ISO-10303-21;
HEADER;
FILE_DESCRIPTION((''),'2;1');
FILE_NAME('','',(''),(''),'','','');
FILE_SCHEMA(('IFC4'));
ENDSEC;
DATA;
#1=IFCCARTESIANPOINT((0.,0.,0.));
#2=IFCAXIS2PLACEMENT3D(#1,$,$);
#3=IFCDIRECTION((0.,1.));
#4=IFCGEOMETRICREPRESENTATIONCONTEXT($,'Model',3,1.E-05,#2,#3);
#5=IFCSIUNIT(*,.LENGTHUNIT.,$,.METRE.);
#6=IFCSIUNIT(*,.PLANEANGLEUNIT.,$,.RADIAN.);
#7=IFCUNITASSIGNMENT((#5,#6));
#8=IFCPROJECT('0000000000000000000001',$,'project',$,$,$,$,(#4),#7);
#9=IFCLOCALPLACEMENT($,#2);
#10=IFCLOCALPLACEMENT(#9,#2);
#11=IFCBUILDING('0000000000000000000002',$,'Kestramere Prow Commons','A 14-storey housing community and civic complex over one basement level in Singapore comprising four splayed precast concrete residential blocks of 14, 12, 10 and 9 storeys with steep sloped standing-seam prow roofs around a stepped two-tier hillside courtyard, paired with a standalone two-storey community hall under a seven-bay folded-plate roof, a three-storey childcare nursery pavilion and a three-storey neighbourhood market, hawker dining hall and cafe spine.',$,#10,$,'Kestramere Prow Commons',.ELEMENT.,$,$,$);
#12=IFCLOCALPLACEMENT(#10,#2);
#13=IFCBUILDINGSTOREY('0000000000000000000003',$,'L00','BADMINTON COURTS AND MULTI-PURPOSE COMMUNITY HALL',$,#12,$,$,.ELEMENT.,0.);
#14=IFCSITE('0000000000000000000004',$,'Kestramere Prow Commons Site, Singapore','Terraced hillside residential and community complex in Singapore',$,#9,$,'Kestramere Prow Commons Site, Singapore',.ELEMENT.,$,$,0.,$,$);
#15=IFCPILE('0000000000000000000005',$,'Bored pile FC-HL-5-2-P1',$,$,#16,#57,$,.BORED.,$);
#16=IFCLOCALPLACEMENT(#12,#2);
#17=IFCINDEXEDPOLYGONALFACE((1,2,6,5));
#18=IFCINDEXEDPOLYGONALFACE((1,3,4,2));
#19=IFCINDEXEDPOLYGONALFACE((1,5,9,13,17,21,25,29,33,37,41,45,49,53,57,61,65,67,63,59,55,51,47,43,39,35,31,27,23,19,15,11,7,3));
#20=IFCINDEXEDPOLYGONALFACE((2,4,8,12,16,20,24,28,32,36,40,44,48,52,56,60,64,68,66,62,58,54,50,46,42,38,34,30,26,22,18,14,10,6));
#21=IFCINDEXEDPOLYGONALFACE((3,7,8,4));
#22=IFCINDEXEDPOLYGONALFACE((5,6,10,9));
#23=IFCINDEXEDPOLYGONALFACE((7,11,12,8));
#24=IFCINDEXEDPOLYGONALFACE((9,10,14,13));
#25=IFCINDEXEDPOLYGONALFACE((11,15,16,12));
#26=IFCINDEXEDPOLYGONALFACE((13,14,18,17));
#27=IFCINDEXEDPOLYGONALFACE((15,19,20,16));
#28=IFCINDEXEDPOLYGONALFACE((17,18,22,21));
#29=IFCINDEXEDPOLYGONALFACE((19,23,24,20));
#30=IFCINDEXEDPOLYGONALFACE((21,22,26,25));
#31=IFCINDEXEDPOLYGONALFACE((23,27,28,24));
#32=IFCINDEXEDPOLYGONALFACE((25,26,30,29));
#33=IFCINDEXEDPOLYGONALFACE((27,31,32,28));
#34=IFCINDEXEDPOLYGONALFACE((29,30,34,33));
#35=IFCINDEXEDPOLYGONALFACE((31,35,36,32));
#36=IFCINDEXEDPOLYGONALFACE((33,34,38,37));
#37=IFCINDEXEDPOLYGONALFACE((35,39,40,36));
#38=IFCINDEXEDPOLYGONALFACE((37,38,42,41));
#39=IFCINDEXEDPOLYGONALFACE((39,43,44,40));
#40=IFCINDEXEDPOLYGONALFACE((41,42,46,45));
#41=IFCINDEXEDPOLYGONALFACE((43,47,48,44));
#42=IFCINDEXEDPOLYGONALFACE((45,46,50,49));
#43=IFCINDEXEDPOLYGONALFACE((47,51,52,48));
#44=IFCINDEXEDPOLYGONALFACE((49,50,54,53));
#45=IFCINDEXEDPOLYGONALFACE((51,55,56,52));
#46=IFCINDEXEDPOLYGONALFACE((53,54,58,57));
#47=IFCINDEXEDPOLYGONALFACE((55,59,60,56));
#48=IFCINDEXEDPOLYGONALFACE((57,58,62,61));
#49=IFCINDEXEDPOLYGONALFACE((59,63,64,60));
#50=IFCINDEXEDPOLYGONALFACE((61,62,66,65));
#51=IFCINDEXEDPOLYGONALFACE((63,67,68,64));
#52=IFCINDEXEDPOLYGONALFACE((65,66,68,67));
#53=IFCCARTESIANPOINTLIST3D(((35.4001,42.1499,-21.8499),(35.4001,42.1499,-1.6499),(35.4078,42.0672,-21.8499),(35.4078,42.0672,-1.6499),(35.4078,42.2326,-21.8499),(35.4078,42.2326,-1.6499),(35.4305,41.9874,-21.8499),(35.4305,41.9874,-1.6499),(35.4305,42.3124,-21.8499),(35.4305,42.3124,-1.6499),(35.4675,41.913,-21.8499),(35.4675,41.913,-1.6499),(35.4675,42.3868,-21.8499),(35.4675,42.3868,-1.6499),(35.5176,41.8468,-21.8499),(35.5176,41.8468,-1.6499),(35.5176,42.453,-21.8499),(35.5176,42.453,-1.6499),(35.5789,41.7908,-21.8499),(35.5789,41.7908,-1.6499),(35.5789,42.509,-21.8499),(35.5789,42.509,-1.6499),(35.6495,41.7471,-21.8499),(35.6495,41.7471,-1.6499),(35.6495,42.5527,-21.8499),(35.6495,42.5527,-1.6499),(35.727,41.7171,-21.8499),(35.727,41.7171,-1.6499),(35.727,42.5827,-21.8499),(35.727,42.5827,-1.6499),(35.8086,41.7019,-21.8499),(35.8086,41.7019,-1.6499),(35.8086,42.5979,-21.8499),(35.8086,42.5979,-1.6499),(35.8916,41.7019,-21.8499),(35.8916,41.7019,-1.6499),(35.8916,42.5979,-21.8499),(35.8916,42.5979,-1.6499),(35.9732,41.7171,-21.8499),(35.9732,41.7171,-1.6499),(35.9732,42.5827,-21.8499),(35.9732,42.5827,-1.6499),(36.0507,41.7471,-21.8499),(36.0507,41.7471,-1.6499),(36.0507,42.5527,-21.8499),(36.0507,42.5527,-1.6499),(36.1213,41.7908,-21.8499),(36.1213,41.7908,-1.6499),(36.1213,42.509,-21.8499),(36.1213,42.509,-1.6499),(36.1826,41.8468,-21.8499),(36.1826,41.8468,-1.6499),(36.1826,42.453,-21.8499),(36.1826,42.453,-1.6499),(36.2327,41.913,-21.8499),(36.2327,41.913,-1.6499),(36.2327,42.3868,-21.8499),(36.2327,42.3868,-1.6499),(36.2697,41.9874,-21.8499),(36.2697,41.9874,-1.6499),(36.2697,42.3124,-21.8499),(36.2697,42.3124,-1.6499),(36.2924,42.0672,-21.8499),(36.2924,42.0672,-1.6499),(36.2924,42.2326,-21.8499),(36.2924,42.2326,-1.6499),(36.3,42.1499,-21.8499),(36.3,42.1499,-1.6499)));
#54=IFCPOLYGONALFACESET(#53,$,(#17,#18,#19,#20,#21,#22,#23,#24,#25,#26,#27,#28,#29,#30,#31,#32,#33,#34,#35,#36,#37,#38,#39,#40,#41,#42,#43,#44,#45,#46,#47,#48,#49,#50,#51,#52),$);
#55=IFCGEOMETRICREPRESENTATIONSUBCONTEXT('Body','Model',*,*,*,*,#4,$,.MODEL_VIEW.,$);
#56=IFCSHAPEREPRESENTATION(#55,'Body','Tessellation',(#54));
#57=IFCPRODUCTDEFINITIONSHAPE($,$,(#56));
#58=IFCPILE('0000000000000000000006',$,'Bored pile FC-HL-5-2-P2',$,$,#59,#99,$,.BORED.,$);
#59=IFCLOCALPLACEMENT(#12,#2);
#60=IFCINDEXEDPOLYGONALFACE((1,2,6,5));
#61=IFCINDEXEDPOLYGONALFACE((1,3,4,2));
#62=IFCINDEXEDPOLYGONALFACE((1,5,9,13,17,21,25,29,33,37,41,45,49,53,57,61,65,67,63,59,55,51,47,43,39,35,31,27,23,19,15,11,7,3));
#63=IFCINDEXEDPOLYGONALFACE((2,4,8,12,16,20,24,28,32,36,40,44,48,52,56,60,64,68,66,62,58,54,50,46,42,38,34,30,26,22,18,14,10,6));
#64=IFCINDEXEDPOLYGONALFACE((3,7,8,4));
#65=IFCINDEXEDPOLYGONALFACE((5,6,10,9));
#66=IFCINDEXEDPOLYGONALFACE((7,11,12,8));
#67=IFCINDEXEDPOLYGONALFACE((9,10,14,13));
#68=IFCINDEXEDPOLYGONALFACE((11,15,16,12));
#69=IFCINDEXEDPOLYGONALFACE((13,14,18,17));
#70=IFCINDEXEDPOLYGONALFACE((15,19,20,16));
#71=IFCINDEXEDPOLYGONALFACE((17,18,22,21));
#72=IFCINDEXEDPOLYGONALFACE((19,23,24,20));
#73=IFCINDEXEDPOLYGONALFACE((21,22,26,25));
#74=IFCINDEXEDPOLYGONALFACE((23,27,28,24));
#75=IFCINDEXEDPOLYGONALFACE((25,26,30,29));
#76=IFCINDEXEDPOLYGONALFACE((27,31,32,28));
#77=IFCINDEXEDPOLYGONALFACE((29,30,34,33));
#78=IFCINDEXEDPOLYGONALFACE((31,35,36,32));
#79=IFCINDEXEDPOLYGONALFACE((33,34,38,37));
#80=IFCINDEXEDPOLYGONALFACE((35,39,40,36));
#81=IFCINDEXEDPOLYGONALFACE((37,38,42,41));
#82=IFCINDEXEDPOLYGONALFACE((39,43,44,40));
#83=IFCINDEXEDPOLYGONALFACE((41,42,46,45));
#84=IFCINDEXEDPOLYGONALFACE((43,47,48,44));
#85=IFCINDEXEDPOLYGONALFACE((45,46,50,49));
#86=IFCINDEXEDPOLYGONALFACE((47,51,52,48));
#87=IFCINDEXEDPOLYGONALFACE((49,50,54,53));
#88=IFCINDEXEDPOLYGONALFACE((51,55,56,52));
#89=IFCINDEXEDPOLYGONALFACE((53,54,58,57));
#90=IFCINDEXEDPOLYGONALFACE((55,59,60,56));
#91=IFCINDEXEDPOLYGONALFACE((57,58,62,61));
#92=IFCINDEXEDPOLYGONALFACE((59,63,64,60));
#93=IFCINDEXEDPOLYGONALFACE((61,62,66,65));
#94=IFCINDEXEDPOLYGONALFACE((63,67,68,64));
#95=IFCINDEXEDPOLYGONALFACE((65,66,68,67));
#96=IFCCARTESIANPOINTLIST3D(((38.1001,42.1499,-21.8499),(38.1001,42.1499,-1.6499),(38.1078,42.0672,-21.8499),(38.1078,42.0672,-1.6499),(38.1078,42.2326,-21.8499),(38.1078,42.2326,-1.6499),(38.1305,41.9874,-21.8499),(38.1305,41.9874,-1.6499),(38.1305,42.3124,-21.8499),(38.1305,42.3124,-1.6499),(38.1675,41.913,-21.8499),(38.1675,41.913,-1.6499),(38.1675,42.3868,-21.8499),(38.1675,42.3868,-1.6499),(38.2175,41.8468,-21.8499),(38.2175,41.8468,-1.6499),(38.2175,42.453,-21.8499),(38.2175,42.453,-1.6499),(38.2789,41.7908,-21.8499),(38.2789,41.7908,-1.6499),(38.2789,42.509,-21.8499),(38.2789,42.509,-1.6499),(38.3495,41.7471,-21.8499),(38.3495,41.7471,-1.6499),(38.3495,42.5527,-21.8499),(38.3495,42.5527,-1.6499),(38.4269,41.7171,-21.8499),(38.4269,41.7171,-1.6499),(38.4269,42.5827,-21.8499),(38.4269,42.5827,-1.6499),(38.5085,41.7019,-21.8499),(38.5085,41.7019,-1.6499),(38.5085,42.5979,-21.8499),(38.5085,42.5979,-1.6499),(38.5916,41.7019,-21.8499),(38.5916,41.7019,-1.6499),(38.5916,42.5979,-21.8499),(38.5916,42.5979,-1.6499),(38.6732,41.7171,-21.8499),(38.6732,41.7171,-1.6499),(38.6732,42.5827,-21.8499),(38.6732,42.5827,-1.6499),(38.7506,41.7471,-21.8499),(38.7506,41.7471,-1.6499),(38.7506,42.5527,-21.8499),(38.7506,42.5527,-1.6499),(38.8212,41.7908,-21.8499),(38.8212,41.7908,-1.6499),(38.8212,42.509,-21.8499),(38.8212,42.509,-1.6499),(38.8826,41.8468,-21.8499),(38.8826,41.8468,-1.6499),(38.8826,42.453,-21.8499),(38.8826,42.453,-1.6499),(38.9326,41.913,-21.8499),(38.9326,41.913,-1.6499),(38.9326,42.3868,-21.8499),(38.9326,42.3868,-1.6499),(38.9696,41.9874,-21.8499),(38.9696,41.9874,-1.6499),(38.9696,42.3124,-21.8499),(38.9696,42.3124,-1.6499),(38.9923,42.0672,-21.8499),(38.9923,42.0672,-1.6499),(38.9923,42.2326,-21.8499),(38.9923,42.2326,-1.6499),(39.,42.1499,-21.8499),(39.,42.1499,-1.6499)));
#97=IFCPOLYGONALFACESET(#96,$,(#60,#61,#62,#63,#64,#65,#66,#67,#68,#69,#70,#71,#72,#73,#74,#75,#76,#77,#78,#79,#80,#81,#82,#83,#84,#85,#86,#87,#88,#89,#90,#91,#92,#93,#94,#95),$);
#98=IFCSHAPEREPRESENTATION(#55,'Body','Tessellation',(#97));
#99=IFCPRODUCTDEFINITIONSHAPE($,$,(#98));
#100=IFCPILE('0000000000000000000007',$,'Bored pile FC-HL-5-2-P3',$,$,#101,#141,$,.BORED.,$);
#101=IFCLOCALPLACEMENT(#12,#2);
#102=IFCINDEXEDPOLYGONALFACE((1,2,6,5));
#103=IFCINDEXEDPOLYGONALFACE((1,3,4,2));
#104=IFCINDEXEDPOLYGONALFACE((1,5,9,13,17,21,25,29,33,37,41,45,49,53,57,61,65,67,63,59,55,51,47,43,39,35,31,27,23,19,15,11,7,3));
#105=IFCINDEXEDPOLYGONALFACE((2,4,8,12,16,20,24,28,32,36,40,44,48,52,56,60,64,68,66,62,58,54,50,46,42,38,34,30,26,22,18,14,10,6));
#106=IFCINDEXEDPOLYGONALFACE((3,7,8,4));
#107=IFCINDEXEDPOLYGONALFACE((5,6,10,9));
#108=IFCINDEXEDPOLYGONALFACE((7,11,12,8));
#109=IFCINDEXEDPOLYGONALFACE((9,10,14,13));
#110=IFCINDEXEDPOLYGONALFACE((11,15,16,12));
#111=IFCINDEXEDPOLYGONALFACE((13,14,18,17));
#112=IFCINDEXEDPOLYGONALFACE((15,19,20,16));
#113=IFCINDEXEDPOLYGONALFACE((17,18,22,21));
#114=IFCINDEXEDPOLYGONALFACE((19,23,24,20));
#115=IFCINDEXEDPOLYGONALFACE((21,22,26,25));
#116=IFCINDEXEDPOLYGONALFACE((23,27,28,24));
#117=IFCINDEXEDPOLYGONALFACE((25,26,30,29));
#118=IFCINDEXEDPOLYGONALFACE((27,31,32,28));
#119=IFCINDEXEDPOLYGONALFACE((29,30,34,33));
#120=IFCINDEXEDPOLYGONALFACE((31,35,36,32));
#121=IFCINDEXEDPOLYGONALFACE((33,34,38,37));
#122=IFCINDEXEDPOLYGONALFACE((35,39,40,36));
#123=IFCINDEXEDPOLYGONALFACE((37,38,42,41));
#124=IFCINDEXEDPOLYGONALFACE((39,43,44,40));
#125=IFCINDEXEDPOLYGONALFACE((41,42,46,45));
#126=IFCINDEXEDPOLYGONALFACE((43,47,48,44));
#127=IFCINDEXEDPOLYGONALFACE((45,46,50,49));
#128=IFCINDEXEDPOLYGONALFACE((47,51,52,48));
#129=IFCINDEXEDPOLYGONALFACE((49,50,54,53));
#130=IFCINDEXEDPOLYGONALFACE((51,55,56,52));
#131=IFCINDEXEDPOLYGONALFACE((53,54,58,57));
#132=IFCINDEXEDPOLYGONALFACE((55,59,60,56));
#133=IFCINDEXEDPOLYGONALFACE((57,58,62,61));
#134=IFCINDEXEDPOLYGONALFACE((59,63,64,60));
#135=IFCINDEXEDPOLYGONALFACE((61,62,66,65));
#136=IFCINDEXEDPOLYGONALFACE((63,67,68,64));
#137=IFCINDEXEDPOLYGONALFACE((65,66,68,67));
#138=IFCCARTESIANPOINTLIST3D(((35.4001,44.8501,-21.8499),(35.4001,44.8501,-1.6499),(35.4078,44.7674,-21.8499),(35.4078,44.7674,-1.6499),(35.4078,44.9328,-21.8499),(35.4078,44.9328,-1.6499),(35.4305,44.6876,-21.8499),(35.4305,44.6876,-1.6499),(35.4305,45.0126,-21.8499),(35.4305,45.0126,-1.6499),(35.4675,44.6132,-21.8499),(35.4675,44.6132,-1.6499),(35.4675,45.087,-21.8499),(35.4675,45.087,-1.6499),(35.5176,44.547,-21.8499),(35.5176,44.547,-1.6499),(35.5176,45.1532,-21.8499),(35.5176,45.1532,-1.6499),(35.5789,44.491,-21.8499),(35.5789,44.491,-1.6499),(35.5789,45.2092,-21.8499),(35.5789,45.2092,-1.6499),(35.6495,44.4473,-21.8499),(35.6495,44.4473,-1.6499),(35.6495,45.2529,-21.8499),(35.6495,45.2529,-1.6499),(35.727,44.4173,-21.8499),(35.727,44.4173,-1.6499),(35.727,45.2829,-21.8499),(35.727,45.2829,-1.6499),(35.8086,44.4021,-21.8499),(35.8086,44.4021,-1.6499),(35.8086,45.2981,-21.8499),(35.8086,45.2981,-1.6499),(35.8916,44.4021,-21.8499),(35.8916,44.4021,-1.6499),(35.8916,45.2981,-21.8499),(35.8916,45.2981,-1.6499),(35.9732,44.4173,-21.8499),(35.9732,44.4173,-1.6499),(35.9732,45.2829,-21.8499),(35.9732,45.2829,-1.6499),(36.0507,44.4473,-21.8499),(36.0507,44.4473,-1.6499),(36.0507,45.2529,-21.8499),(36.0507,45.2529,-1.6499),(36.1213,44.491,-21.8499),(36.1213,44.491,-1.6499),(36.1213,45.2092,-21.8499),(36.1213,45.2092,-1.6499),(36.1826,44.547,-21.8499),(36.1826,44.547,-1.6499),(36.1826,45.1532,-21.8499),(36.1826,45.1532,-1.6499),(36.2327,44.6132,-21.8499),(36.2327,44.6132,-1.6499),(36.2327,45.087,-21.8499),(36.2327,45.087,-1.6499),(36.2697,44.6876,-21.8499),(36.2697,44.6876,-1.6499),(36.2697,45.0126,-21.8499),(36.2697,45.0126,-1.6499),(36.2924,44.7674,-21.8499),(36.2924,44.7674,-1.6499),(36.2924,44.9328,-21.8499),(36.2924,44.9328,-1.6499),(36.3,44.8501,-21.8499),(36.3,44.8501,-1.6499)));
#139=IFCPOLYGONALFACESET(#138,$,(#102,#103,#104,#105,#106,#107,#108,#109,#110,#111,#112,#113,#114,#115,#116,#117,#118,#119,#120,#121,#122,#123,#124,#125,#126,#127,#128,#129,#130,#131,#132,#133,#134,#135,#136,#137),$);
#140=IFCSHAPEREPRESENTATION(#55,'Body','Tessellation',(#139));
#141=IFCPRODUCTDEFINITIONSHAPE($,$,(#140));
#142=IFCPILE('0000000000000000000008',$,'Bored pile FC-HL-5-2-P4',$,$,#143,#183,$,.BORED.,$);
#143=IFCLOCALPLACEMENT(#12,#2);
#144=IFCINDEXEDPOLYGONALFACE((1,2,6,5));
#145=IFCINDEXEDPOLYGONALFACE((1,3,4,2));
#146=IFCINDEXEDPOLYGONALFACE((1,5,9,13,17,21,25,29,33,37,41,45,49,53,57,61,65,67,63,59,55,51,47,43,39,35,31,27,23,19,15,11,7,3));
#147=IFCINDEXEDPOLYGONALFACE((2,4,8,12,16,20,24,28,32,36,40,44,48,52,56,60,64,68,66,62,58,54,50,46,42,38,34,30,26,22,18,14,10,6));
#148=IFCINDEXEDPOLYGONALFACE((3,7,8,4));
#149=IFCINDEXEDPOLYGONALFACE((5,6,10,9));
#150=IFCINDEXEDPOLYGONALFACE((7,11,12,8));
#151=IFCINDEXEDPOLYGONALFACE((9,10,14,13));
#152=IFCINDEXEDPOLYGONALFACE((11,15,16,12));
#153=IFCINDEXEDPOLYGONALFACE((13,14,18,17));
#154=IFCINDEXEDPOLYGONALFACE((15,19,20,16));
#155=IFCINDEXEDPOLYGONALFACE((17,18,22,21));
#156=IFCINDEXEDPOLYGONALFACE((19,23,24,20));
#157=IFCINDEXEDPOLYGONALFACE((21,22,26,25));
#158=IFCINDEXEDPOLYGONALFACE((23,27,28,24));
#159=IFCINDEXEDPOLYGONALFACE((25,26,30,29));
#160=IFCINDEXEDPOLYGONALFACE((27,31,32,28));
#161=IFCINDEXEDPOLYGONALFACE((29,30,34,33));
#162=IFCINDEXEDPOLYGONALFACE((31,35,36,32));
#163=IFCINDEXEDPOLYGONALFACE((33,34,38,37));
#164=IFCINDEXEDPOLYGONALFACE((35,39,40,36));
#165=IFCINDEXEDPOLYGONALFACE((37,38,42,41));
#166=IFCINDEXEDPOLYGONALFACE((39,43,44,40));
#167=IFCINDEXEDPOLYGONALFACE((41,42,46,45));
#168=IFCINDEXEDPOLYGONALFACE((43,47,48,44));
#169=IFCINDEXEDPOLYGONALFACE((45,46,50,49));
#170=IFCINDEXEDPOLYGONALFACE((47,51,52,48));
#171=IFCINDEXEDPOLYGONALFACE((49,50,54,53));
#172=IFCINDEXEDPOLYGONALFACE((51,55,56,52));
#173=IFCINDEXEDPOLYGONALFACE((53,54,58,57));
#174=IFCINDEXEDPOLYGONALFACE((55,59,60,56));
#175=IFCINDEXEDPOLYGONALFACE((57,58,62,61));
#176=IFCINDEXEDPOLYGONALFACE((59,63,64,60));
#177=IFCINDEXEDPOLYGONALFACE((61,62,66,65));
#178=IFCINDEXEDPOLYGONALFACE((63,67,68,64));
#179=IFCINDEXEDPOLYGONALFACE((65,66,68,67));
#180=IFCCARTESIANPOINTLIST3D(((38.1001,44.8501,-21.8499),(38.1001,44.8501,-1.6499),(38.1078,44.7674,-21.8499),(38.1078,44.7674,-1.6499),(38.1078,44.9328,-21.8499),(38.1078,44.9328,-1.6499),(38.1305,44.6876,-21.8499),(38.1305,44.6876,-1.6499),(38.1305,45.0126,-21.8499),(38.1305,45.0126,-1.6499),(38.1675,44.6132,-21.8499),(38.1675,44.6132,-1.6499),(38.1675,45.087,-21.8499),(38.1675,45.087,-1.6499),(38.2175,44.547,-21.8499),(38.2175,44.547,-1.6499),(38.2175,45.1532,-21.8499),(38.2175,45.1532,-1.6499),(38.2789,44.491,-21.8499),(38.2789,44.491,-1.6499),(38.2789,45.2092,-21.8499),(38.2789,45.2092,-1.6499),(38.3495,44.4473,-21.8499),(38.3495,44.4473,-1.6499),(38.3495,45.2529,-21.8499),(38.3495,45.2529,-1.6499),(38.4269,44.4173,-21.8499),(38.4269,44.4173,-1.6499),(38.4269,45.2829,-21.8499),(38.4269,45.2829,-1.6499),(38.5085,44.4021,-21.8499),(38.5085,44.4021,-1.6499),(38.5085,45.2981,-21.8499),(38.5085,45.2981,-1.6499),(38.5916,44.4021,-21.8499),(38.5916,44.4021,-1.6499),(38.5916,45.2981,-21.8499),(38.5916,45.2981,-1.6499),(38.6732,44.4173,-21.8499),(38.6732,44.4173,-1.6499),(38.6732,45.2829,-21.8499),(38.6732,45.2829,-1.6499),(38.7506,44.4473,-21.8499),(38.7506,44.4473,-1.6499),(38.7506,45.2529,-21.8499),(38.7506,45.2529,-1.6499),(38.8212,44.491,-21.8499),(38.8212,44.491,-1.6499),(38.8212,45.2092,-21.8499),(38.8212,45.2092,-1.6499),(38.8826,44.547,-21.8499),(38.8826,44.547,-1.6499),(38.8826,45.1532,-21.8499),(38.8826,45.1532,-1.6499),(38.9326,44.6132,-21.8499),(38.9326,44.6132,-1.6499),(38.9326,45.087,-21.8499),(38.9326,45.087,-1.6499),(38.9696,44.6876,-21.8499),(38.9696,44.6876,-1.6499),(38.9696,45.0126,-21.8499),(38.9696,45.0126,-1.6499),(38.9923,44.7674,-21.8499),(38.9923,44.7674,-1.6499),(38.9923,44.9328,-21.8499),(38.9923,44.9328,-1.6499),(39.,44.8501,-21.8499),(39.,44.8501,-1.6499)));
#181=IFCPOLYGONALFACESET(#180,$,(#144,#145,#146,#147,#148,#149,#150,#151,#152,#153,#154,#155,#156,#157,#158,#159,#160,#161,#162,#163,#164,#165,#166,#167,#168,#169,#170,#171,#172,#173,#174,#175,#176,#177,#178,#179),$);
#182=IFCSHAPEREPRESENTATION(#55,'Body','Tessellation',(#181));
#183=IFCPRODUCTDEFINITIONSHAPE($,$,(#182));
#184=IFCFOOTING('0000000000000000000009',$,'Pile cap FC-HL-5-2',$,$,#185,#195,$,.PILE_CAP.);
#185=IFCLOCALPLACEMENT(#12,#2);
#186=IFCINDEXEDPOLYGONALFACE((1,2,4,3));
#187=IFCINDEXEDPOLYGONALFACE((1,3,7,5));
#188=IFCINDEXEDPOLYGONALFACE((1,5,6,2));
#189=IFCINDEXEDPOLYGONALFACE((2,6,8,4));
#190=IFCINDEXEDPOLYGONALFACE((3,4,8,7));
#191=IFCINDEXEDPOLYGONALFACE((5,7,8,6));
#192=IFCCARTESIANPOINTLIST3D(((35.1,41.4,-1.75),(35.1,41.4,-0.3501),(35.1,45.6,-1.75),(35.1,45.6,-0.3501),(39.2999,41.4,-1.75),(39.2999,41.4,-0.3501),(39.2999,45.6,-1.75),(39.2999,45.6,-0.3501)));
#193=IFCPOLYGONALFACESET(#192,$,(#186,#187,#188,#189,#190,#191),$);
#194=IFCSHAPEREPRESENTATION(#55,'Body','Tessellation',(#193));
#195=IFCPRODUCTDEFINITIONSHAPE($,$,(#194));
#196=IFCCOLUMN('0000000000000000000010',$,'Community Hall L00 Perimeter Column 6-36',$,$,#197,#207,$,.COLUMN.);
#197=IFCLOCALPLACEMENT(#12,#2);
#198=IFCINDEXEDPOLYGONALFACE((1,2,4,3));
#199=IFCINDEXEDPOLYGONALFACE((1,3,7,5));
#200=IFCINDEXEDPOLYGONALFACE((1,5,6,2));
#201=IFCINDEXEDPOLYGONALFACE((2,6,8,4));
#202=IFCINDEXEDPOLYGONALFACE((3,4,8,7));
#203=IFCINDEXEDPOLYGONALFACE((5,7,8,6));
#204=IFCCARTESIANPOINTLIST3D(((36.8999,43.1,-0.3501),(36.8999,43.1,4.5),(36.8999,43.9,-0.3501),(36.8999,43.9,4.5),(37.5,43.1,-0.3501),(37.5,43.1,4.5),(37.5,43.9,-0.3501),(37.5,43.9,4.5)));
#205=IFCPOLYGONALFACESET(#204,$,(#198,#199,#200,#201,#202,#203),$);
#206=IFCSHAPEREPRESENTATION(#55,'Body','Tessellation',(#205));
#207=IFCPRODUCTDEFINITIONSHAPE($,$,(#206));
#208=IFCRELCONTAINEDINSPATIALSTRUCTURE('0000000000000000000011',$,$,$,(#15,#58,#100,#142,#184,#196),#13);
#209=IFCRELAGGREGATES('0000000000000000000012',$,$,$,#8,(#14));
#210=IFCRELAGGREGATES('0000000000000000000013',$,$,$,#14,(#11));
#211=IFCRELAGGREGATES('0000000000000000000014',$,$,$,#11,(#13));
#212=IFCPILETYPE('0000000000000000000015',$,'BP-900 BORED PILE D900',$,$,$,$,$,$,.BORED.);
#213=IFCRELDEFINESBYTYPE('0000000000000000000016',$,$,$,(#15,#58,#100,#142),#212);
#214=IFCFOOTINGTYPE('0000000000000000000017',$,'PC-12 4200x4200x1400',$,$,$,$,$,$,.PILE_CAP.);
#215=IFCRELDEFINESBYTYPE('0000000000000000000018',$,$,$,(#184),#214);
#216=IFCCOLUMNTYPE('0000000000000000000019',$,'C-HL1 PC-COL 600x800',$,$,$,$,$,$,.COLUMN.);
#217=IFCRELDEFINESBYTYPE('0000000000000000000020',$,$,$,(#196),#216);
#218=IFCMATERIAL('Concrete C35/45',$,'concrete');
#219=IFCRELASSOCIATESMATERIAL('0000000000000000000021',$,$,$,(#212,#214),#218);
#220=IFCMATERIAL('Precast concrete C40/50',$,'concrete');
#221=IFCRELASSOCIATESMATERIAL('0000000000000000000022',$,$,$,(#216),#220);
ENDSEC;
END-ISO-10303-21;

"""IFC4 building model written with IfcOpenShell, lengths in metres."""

from ifc_helpers import new_model, si_unit, direction, frame, origin, origin_2d, place, context, subcontext, project, spatial, rectangle, circle, extrude, material, material_profile, profile_set, type_object, element, save


model = new_model("IFC4")

# Units and contexts
model_context = context("Model", 3, precision=1e-05, world=origin(), true_north=direction((0.0, 1.0)))
body_context = subcontext(model_context, "Body", "Model", "MODEL_VIEW")
ifc_project = project(units=[si_unit("LENGTHUNIT", "METRE"), si_unit("PLANEANGLEUNIT", "RADIAN")], contexts=[model_context])

# Site, building, storey
site_placement = place(None, origin())
site = spatial("IfcSite", under=ifc_project, at=site_placement, Name="Kestramere Prow Commons Site, Singapore", Description="Terraced hillside residential and community complex in Singapore", LongName="Kestramere Prow Commons Site, Singapore", CompositionType="ELEMENT", RefElevation=0.0)
building_placement = place(site_placement, origin())
building = spatial("IfcBuilding", under=site, at=building_placement, Name="Kestramere Prow Commons", Description="A 14-storey housing community and civic complex over one basement level in Singapore comprising four splayed precast concrete residential blocks of 14, 12, 10 and 9 storeys with steep sloped standing-seam prow roofs around a stepped two-tier hillside courtyard, paired with a standalone two-storey community hall under a seven-bay folded-plate roof, a three-storey childcare nursery pavilion and a three-storey neighbourhood market, hawker dining hall and cafe spine.", LongName="Kestramere Prow Commons", CompositionType="ELEMENT")
storey_placement = place(building_placement, origin())
storey = spatial("IfcBuildingStorey", under=building, at=storey_placement, Name="L00", Description="BADMINTON COURTS AND MULTI-PURPOSE COMMUNITY HALL", CompositionType="ELEMENT", Elevation=0.0)

# Piles
ifc_material_1 = material(Name="Concrete C35/45", Category="concrete")
ifc_material_profile_1 = material_profile(ifc_material_1, circle(Radius=0.45, at=origin_2d()), Name="BORED PILE D900")
ifc_profile_set_1 = profile_set([ifc_material_profile_1], Name="Concrete C35/45")
pile_type = type_object("IfcPileType", Name="BP-900 BORED PILE D900", PredefinedType="BORED", material=ifc_profile_set_1)
for number, where, z_axis, x_axis, name in (
    (1, (35.8501, 42.1499, -1.6499), (0.0, 0.0, -1.0), (1.0, 0.0, 0.0), "Bored pile FC-HL-5-2-P1"),
    (2, (38.55, 42.1499, -1.6499), (0.0, 0.0, -1.0), (1.0, 0.0, 0.0), "Bored pile FC-HL-5-2-P2"),
    (3, (35.8501, 44.8501, -1.6499), (0.0, 0.0, -1.0), (1.0, 0.0, 0.0), "Bored pile FC-HL-5-2-P3"),
    (4, (38.55, 44.8501, -1.6499), (0.0, 0.0, -1.0), (1.0, 0.0, 0.0), "Bored pile FC-HL-5-2-P4"),
):
    element("IfcPile", number, at=place(storey_placement, frame(where, z_axis=z_axis, x_axis=x_axis)), inside=storey, type_object=pile_type, Name=name, PredefinedType="BORED", context=body_context, shape_type="SweptSolid", body=[
        extrude(circle(Radius=0.45, at=origin_2d()), origin(), (0.0, 0.0, 1.0), 20.2),
    ])

# Footing
footing_type = type_object("IfcFootingType", Name="PC-12 4200x4200x1400", PredefinedType="PILE_CAP", material=ifc_material_1)
footing_placement = place(storey_placement, frame((37.2, 43.5, -1.75), z_axis=(0.0, 0.0, 1.0), x_axis=(1.0, 0.0, 0.0)))
element("IfcFooting", 5, at=footing_placement, inside=storey, type_object=footing_type, Name="Pile cap FC-HL-5-2", PredefinedType="PILE_CAP", context=body_context, shape_type="SweptSolid", body=[
    extrude(rectangle(XDim=4.2, YDim=4.2, at=origin_2d()), origin(), (0.0, 0.0, 1.0), 1.3999),
])

# Column
ifc_material_2 = material(Name="Precast concrete C40/50", Category="concrete")
ifc_material_profile_2 = material_profile(ifc_material_2, rectangle(XDim=0.6001, YDim=0.8, at=origin_2d()), Name="PC-COL 600x800")
ifc_profile_set_2 = profile_set([ifc_material_profile_2], Name="Precast concrete C40/50")
column_type = type_object("IfcColumnType", Name="C-HL1 PC-COL 600x800", PredefinedType="COLUMN", material=ifc_profile_set_2)
column_placement = place(storey_placement, frame((37.2, 43.5, -0.3501), z_axis=(0.0, 0.0, 1.0), x_axis=(1.0, 0.0, 0.0)))
element("IfcColumn", 6, at=column_placement, inside=storey, type_object=column_type, Name="Community Hall L00 Perimeter Column 6-36", PredefinedType="COLUMN", context=body_context, shape_type="SweptSolid", body=[
    extrude(rectangle(XDim=0.6001, YDim=0.8, at=origin_2d()), origin(), (0.0, 0.0, 1.0), 4.8501),
])

save(model, "model.ifc")
